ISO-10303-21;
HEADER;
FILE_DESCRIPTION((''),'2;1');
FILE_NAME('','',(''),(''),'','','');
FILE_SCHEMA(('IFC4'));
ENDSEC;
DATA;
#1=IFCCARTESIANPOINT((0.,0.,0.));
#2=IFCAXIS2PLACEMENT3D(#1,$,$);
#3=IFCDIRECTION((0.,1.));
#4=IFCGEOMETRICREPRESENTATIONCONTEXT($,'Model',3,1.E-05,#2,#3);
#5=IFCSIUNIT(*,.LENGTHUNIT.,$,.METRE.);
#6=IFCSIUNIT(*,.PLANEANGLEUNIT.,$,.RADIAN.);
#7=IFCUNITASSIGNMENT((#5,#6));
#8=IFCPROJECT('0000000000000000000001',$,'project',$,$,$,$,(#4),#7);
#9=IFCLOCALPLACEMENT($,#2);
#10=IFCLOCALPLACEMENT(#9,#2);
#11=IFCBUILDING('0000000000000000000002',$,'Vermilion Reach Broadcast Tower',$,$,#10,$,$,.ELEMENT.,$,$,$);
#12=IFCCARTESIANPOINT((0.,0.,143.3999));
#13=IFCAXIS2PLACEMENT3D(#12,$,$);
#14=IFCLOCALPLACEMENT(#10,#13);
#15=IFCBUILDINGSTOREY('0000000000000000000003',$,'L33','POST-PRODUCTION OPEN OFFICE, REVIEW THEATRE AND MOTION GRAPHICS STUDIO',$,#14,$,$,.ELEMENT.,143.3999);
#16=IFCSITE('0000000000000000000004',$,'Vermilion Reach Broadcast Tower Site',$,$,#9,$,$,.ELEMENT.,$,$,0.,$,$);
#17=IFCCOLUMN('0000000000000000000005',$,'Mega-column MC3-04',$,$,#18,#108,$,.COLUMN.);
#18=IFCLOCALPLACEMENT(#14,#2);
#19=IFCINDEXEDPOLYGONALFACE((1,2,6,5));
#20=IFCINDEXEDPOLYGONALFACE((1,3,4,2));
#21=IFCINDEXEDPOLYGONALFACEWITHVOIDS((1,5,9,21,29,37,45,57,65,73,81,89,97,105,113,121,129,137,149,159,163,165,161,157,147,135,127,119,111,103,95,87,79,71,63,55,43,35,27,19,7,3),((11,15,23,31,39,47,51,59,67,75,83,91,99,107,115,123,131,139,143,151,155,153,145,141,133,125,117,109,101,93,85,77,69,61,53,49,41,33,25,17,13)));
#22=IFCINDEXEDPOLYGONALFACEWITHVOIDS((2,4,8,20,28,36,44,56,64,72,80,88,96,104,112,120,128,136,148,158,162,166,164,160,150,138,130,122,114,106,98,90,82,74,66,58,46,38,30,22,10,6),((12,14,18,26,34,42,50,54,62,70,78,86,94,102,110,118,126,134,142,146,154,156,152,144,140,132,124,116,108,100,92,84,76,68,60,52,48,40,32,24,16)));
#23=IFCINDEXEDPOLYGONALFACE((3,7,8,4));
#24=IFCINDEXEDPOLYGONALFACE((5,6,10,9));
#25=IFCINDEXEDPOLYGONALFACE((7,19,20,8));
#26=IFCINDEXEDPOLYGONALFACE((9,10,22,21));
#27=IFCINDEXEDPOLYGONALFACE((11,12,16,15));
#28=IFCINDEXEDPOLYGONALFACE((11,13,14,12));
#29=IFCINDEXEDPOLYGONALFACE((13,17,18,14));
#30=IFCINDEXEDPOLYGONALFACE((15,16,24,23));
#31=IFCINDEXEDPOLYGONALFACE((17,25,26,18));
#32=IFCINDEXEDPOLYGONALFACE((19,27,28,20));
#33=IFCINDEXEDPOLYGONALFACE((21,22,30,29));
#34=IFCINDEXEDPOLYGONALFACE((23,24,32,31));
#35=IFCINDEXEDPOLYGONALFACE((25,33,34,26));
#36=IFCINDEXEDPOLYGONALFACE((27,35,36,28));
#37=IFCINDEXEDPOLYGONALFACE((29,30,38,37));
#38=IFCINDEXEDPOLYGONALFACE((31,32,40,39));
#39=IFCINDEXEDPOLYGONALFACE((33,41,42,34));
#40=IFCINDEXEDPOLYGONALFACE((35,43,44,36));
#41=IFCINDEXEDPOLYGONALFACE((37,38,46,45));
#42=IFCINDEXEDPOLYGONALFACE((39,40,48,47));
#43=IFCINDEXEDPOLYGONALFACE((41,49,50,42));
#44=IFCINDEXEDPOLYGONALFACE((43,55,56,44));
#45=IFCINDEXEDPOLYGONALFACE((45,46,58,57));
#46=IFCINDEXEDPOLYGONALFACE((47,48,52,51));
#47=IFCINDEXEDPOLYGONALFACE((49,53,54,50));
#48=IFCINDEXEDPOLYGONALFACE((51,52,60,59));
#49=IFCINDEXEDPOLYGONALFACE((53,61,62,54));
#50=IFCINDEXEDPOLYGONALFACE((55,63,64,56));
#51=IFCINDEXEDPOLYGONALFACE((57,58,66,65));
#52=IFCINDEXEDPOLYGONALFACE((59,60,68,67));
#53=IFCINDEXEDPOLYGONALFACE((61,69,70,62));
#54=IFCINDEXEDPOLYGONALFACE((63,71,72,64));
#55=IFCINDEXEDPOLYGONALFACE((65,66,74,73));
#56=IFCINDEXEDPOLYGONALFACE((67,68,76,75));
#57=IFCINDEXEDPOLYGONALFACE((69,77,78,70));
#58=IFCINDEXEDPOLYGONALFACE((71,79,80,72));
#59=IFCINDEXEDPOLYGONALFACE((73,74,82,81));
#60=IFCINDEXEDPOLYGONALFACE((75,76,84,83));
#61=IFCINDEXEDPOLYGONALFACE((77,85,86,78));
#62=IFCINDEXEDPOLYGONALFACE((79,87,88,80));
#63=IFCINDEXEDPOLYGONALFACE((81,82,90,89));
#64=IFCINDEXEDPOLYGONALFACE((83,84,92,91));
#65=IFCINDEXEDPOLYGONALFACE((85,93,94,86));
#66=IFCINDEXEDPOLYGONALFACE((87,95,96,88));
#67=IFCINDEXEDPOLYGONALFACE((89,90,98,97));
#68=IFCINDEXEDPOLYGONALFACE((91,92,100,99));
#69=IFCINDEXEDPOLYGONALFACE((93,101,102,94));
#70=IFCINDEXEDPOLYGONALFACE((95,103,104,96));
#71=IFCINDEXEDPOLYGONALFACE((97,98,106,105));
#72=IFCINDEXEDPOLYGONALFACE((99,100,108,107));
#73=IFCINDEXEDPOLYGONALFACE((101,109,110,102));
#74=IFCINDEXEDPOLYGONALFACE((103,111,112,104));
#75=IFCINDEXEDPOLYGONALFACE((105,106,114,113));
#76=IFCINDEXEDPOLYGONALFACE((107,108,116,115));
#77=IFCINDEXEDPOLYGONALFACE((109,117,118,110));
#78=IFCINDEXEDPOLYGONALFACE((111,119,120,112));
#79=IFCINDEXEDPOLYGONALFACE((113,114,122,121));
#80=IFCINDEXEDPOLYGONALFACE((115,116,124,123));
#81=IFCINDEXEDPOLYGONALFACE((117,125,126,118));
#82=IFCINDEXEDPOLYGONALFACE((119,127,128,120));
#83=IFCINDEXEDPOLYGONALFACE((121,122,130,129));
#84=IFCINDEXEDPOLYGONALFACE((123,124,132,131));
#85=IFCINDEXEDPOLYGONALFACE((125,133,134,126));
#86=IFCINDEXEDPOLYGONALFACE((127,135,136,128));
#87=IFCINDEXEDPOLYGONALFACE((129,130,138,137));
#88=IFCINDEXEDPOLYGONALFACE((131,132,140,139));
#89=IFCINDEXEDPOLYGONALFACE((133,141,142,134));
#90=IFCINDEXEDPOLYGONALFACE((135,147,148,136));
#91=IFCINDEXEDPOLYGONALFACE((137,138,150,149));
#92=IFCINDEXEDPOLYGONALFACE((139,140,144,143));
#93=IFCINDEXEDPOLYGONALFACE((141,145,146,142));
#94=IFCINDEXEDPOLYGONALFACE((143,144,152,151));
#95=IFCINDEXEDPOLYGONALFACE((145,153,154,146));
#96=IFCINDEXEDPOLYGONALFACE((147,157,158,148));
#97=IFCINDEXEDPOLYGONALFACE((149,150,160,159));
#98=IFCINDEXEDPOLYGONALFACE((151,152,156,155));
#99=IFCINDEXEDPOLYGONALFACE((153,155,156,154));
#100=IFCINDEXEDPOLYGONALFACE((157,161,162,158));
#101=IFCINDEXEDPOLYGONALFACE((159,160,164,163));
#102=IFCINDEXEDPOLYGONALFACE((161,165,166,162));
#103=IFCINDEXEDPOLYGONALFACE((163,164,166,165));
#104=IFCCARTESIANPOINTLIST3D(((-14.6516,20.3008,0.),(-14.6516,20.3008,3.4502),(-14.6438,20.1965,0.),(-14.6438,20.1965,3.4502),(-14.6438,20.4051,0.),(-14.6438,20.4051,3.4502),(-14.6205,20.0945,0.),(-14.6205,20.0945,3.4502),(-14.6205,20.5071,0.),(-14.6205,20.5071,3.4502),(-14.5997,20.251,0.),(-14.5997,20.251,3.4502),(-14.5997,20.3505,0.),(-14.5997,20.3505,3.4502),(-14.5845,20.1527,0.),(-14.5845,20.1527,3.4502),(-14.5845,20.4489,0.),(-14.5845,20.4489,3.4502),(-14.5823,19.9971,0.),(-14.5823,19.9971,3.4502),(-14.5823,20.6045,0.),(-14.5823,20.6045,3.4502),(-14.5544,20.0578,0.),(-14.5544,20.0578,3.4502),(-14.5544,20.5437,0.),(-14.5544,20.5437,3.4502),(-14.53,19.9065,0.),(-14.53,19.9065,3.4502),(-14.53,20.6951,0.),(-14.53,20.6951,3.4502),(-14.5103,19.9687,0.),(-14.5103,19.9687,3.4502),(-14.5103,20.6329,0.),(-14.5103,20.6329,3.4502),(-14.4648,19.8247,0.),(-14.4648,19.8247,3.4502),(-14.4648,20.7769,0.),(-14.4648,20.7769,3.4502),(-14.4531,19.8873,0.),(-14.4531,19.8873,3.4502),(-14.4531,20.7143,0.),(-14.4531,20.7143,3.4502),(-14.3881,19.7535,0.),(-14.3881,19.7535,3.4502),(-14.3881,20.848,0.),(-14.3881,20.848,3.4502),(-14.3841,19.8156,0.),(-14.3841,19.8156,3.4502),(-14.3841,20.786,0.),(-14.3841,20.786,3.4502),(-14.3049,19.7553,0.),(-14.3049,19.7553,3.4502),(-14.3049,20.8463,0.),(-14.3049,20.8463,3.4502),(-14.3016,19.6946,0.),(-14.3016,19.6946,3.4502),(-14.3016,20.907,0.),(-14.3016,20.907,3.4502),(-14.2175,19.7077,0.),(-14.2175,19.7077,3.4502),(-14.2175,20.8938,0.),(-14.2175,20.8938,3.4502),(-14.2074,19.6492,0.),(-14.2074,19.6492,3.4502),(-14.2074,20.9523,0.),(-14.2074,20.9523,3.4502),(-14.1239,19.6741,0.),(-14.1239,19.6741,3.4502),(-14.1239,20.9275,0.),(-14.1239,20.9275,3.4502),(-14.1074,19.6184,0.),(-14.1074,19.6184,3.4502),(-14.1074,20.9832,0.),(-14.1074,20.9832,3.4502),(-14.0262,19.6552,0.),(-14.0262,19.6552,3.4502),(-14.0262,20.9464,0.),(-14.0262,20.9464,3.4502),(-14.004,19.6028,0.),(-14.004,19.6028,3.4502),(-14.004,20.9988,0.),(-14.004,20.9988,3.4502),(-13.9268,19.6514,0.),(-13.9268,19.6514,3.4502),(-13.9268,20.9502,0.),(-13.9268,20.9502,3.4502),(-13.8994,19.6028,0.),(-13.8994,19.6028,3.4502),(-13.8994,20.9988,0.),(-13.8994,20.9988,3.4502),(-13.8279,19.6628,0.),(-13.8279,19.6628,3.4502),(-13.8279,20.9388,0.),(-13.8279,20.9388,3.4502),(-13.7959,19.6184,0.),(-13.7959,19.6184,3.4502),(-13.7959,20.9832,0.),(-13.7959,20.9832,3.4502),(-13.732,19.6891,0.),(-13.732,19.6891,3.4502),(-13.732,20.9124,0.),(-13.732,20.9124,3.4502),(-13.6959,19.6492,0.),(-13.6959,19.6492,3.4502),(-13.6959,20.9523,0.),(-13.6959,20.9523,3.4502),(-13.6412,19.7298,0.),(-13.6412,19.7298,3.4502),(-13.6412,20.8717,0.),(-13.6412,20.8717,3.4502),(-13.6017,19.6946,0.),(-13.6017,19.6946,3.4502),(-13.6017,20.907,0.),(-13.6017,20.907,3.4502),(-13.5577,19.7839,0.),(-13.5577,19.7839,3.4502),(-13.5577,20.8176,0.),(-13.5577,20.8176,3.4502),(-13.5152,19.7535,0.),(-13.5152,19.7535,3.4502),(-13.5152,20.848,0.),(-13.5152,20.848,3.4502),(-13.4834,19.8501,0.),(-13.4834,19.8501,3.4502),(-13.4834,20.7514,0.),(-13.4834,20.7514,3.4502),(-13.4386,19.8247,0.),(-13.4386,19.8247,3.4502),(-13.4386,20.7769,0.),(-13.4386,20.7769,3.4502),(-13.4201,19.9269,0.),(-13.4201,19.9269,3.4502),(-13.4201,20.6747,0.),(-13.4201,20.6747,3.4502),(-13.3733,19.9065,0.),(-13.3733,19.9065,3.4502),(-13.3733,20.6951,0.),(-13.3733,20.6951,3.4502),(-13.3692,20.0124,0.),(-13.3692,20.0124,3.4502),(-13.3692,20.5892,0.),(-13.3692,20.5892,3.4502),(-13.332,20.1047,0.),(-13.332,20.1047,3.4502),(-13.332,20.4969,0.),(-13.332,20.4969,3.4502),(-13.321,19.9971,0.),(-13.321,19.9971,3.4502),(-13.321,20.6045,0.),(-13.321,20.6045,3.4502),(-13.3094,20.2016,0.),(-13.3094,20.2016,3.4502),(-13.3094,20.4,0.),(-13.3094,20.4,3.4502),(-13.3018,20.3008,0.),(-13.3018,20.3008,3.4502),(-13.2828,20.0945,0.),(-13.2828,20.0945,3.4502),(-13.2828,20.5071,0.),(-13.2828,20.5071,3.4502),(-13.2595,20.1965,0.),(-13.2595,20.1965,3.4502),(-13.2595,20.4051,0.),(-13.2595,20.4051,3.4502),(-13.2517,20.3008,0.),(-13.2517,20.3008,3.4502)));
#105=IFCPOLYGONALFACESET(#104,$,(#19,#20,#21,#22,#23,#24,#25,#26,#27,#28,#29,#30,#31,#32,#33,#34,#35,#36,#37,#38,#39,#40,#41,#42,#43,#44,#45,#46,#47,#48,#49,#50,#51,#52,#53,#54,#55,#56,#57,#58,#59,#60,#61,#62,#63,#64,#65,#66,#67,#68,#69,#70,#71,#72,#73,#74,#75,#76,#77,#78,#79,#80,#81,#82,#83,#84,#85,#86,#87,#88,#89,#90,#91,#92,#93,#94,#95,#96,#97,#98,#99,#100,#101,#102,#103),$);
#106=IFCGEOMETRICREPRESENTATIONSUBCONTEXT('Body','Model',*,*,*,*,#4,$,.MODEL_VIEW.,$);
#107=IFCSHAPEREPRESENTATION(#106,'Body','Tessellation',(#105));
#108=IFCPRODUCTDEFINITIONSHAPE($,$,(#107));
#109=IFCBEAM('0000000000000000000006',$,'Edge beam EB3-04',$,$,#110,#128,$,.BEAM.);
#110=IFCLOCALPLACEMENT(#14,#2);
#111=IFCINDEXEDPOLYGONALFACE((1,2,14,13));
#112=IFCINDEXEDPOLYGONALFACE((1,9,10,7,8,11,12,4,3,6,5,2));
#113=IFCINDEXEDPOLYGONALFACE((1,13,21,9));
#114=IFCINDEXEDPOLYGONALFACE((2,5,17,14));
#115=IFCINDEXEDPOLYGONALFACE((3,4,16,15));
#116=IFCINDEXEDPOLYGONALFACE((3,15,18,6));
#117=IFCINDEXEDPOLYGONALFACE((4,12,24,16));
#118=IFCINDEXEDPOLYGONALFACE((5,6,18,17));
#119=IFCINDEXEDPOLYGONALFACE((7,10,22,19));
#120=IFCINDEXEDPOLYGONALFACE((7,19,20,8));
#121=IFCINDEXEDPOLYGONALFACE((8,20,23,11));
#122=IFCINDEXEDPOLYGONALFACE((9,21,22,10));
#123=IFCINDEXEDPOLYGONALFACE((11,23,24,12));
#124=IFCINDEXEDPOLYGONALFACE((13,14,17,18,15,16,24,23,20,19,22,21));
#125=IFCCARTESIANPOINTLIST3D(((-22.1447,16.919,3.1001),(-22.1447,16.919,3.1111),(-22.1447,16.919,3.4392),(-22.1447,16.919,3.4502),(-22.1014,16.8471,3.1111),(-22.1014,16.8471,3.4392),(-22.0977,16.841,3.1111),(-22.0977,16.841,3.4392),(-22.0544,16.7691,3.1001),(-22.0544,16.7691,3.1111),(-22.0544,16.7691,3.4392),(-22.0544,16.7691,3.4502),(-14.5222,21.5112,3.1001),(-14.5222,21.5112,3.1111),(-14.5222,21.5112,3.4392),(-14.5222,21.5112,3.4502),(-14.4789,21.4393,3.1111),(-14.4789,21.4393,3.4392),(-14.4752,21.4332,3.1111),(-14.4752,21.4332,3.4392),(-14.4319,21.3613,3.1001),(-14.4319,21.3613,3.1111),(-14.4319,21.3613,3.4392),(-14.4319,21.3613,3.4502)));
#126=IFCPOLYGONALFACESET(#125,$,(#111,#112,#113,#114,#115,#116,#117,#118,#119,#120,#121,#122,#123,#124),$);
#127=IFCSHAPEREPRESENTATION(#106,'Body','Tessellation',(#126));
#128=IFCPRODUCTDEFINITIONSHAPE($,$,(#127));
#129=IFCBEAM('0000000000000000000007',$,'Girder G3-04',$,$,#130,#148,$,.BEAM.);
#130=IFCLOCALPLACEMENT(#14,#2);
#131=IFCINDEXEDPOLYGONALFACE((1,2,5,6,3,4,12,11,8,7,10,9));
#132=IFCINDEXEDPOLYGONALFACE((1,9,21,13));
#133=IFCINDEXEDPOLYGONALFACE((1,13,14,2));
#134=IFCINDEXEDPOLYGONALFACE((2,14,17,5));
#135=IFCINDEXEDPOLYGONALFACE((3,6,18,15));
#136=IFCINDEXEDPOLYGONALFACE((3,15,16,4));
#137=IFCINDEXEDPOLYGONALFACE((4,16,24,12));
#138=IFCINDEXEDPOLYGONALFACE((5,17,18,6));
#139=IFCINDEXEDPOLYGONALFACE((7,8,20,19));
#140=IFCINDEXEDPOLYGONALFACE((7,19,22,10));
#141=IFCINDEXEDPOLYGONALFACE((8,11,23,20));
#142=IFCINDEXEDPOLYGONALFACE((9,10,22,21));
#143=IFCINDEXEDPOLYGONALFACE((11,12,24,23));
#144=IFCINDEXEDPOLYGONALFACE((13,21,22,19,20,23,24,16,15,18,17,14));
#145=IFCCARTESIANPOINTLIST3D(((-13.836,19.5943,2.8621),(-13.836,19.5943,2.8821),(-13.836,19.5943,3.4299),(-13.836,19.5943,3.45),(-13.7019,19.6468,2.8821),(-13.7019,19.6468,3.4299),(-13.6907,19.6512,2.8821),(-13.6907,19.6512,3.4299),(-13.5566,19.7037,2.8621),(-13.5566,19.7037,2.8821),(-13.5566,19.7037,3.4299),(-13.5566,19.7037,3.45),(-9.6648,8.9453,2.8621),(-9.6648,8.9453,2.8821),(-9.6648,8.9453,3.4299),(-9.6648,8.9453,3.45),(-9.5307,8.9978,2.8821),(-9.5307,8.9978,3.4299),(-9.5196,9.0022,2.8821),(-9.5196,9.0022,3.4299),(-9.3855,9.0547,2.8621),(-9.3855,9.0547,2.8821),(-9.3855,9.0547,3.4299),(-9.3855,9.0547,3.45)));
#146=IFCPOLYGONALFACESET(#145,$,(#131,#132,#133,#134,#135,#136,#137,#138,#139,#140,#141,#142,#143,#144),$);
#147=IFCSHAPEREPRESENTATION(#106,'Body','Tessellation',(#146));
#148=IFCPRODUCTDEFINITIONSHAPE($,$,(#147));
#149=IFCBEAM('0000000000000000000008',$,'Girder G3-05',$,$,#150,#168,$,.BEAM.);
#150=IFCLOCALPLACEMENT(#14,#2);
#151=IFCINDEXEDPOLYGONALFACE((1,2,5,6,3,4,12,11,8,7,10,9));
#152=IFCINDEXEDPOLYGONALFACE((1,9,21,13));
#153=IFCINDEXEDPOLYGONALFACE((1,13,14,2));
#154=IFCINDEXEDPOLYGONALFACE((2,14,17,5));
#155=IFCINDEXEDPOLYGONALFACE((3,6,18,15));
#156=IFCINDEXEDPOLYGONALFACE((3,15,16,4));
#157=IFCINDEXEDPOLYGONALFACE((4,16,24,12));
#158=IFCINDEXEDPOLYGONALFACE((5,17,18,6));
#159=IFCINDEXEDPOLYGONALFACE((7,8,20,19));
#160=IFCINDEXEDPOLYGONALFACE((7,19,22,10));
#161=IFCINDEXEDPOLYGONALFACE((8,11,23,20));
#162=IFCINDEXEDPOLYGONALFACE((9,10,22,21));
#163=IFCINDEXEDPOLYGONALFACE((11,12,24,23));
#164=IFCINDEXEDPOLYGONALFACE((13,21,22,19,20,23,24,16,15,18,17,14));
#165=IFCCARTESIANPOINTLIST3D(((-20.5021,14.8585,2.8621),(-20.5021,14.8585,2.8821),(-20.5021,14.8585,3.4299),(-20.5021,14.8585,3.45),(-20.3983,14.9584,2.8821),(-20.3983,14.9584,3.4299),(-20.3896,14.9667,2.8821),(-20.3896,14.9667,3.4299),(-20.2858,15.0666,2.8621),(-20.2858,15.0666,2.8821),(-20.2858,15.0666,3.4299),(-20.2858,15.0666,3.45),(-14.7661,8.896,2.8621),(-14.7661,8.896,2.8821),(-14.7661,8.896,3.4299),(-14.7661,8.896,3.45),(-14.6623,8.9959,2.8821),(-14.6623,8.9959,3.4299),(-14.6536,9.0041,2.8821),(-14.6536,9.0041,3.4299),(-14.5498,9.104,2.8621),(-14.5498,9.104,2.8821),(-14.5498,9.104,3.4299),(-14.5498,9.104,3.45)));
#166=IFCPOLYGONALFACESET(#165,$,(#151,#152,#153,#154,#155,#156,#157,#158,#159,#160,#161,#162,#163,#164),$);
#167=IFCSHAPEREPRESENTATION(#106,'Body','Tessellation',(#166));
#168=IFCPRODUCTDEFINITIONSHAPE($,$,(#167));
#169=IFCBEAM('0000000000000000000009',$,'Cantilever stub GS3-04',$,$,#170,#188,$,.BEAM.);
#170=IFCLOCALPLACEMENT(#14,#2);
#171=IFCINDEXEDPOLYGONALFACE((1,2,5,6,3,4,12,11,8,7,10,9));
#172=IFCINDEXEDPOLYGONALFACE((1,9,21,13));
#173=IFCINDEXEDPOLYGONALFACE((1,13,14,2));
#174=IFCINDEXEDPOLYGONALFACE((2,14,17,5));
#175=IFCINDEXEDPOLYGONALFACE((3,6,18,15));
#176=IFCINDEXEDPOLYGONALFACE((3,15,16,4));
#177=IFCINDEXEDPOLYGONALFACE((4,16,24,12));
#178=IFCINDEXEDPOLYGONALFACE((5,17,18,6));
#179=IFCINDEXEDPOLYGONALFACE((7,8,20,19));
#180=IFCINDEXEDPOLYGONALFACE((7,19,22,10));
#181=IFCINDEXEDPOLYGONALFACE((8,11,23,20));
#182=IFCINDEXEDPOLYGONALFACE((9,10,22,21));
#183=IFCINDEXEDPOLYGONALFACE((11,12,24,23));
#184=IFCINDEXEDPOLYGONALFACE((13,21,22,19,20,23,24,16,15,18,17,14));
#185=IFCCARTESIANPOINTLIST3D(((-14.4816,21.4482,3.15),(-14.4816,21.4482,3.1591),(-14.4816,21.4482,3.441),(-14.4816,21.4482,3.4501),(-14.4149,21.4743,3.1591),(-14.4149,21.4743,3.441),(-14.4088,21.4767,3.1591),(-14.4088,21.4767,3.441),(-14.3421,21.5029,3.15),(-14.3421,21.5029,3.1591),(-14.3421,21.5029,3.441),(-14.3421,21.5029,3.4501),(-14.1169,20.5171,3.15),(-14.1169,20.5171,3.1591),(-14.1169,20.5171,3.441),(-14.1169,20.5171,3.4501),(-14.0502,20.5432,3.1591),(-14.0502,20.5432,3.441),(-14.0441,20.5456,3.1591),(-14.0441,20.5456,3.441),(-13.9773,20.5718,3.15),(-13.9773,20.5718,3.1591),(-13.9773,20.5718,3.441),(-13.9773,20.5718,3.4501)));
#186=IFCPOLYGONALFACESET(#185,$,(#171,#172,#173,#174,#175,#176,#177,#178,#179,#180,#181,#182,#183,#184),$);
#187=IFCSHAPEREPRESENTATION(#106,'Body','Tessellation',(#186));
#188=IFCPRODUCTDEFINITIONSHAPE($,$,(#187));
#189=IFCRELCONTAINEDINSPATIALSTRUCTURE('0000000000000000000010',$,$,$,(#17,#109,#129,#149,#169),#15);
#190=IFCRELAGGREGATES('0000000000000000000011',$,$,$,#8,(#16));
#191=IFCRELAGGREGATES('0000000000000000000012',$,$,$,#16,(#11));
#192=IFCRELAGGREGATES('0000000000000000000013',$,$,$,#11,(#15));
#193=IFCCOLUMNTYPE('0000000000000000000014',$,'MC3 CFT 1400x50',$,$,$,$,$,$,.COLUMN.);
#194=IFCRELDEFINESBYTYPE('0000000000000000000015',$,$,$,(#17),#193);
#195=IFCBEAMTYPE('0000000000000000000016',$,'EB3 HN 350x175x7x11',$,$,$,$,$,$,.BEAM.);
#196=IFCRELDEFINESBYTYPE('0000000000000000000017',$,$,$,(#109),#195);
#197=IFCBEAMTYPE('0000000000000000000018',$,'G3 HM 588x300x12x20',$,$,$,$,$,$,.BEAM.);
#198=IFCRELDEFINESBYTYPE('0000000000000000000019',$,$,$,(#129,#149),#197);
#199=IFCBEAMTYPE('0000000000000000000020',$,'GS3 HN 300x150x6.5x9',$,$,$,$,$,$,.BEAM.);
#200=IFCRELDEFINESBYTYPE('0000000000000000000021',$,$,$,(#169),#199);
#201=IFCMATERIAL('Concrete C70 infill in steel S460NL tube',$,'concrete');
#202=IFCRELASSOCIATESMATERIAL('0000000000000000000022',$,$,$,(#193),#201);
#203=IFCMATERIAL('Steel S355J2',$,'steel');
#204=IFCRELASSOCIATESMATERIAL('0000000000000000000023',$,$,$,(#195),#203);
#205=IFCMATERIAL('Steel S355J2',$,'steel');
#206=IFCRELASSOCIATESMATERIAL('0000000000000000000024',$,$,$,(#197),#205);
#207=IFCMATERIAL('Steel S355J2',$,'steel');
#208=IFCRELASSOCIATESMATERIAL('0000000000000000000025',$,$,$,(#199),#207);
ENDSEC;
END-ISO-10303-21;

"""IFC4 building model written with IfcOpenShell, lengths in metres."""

from ifc_helpers import new_model, si_unit, direction, frame, origin, origin_2d, place, context, subcontext, project, spatial, hollow_circle, i_section, extrude, material, material_profile, profile_set, type_object, element, save


model = new_model("IFC4")

# Units and contexts
model_context = context("Model", 3, precision=1e-05, world=origin(), true_north=direction((0.0, 1.0)))
body_context = subcontext(model_context, "Body", "Model", "MODEL_VIEW")
ifc_project = project(units=[si_unit("LENGTHUNIT", "METRE"), si_unit("PLANEANGLEUNIT", "RADIAN")], contexts=[model_context])

# Site, building, storey
site_placement = place(None, origin())
site = spatial("IfcSite", under=ifc_project, at=site_placement, Name="Vermilion Reach Broadcast Tower Site", CompositionType="ELEMENT", RefElevation=0.0)
building_placement = place(site_placement, origin())
building = spatial("IfcBuilding", under=site, at=building_placement, Name="Vermilion Reach Broadcast Tower", CompositionType="ELEMENT")
storey_placement = place(building_placement, frame((0.0, 0.0, 143.3999)))
storey = spatial("IfcBuildingStorey", under=building, at=storey_placement, Name="L33", Description="POST-PRODUCTION OPEN OFFICE, REVIEW THEATRE AND MOTION GRAPHICS STUDIO", CompositionType="ELEMENT", Elevation=143.3999)

# Column
ifc_material_1 = material(Name="Concrete C70 infill in steel S460NL tube", Category="concrete")
ifc_material_profile_1 = material_profile(ifc_material_1, hollow_circle(Radius=0.7, WallThickness=0.05, at=origin_2d()), Name="Concrete C70 infill in steel S460NL tube CFT 1400x50")
ifc_profile_set_1 = profile_set([ifc_material_profile_1], Name="Concrete C70 infill in steel S460NL tube")
column_type = type_object("IfcColumnType", Name="MC3 CFT 1400x50", PredefinedType="COLUMN", material=ifc_profile_set_1)
column_placement = place(storey_placement, frame((-13.9517, 20.3008, 0.0), z_axis=(0.0, 0.0, 1.0), x_axis=(1.0, 0.0, 0.0)))
element("IfcColumn", 1, at=column_placement, inside=storey, type_object=column_type, Name="Mega-column MC3-04", PredefinedType="COLUMN", context=body_context, shape_type="SweptSolid", body=[
    extrude(hollow_circle(Radius=0.7, WallThickness=0.05, at=origin_2d()), origin(), (0.0, 0.0, 1.0), 3.4502),
])

# Beams
ifc_material_2 = material(Name="Steel S355J2", Category="steel")
ifc_material_profile_2 = material_profile(ifc_material_2, i_section(OverallWidth=0.175, OverallDepth=0.3501, WebThickness=0.0071, FlangeThickness=0.011, at=origin_2d()), Name="S355J2 HN 350x175x7x11")
ifc_profile_set_2 = profile_set([ifc_material_profile_2], Name="Steel S355J2")
beam_type_1 = type_object("IfcBeamType", Name="EB3 HN 350x175x7x11", PredefinedType="BEAM", material=ifc_profile_set_2)
beam_1_placement = place(storey_placement, frame((-14.4771, 21.4363, 3.2751), z_axis=(-0.856562, -0.516044, 0.0), x_axis=(0.516044, -0.856562, 0.0)))
element("IfcBeam", 2, at=beam_1_placement, inside=storey, type_object=beam_type_1, Name="Edge beam EB3-04", PredefinedType="BEAM", context=body_context, shape_type="SweptSolid", body=[
    extrude(i_section(OverallWidth=0.175, OverallDepth=0.3501, WebThickness=0.0071, FlangeThickness=0.011, at=origin_2d()), origin(), (0.0, 0.0, 1.0), 8.8989),
])
ifc_material_3 = material(Name="Steel S355J2", Category="steel")
ifc_material_profile_3 = material_profile(ifc_material_3, i_section(OverallWidth=0.3, OverallDepth=0.5879, WebThickness=0.012, FlangeThickness=0.02, at=origin_2d()), Name="S355J2 HM 588x300x12x20")
ifc_profile_set_3 = profile_set([ifc_material_profile_3], Name="Steel S355J2")
beam_type_2 = type_object("IfcBeamType", Name="G3 HM 588x300x12x20", PredefinedType="BEAM", material=ifc_profile_set_3)
beam_2_placement = place(storey_placement, frame((-9.5251, 9.0, 3.156), z_axis=(-0.364716, 0.931119, 0.0), x_axis=(-0.931119, -0.364716, 0.0)))
element("IfcBeam", 3, at=beam_2_placement, inside=storey, type_object=beam_type_2, Name="Girder G3-04", PredefinedType="BEAM", context=body_context, shape_type="SweptSolid", body=[
    extrude(i_section(OverallWidth=0.3, OverallDepth=0.5879, WebThickness=0.012, FlangeThickness=0.02, at=origin_2d()), origin(), (0.0, 0.0, 1.0), 11.4368),
])
beam_3_placement = place(storey_placement, frame((-14.658, 9.0, 3.156), z_axis=(-0.693283, 0.720666, 0.0), x_axis=(-0.720666, -0.693283, 0.0)))
element("IfcBeam", 4, at=beam_3_placement, inside=storey, type_object=beam_type_2, Name="Girder G3-05", PredefinedType="BEAM", context=body_context, shape_type="SweptSolid", body=[
    extrude(i_section(OverallWidth=0.3, OverallDepth=0.5879, WebThickness=0.012, FlangeThickness=0.02, at=origin_2d()), origin(), (0.0, 0.0, 1.0), 8.2737),
])
ifc_material_4 = material(Name="Steel S355J2", Category="steel")
ifc_material_profile_4 = material_profile(ifc_material_4, i_section(OverallWidth=0.1499, OverallDepth=0.3, WebThickness=0.0066, FlangeThickness=0.009, at=origin_2d()), Name="S355J2 HN 300x150x6.5x9")
ifc_profile_set_4 = profile_set([ifc_material_profile_4], Name="Steel S355J2")
beam_type_3 = type_object("IfcBeamType", Name="GS3 HN 300x150x6.5x9", PredefinedType="BEAM", material=ifc_profile_set_4)
beam_4_placement = place(storey_placement, frame((-14.0471, 20.5444, 3.3), z_axis=(-0.364731, 0.931113, 0.0), x_axis=(-0.931113, -0.364731, 0.0)))
element("IfcBeam", 5, at=beam_4_placement, inside=storey, type_object=beam_type_3, Name="Cantilever stub GS3-04", PredefinedType="BEAM", context=body_context, shape_type="SweptSolid", body=[
    extrude(i_section(OverallWidth=0.1499, OverallDepth=0.3, WebThickness=0.0066, FlangeThickness=0.009, at=origin_2d()), origin(), (0.0, 0.0, 1.0), 1.0),
])

save(model, "model.ifc")
